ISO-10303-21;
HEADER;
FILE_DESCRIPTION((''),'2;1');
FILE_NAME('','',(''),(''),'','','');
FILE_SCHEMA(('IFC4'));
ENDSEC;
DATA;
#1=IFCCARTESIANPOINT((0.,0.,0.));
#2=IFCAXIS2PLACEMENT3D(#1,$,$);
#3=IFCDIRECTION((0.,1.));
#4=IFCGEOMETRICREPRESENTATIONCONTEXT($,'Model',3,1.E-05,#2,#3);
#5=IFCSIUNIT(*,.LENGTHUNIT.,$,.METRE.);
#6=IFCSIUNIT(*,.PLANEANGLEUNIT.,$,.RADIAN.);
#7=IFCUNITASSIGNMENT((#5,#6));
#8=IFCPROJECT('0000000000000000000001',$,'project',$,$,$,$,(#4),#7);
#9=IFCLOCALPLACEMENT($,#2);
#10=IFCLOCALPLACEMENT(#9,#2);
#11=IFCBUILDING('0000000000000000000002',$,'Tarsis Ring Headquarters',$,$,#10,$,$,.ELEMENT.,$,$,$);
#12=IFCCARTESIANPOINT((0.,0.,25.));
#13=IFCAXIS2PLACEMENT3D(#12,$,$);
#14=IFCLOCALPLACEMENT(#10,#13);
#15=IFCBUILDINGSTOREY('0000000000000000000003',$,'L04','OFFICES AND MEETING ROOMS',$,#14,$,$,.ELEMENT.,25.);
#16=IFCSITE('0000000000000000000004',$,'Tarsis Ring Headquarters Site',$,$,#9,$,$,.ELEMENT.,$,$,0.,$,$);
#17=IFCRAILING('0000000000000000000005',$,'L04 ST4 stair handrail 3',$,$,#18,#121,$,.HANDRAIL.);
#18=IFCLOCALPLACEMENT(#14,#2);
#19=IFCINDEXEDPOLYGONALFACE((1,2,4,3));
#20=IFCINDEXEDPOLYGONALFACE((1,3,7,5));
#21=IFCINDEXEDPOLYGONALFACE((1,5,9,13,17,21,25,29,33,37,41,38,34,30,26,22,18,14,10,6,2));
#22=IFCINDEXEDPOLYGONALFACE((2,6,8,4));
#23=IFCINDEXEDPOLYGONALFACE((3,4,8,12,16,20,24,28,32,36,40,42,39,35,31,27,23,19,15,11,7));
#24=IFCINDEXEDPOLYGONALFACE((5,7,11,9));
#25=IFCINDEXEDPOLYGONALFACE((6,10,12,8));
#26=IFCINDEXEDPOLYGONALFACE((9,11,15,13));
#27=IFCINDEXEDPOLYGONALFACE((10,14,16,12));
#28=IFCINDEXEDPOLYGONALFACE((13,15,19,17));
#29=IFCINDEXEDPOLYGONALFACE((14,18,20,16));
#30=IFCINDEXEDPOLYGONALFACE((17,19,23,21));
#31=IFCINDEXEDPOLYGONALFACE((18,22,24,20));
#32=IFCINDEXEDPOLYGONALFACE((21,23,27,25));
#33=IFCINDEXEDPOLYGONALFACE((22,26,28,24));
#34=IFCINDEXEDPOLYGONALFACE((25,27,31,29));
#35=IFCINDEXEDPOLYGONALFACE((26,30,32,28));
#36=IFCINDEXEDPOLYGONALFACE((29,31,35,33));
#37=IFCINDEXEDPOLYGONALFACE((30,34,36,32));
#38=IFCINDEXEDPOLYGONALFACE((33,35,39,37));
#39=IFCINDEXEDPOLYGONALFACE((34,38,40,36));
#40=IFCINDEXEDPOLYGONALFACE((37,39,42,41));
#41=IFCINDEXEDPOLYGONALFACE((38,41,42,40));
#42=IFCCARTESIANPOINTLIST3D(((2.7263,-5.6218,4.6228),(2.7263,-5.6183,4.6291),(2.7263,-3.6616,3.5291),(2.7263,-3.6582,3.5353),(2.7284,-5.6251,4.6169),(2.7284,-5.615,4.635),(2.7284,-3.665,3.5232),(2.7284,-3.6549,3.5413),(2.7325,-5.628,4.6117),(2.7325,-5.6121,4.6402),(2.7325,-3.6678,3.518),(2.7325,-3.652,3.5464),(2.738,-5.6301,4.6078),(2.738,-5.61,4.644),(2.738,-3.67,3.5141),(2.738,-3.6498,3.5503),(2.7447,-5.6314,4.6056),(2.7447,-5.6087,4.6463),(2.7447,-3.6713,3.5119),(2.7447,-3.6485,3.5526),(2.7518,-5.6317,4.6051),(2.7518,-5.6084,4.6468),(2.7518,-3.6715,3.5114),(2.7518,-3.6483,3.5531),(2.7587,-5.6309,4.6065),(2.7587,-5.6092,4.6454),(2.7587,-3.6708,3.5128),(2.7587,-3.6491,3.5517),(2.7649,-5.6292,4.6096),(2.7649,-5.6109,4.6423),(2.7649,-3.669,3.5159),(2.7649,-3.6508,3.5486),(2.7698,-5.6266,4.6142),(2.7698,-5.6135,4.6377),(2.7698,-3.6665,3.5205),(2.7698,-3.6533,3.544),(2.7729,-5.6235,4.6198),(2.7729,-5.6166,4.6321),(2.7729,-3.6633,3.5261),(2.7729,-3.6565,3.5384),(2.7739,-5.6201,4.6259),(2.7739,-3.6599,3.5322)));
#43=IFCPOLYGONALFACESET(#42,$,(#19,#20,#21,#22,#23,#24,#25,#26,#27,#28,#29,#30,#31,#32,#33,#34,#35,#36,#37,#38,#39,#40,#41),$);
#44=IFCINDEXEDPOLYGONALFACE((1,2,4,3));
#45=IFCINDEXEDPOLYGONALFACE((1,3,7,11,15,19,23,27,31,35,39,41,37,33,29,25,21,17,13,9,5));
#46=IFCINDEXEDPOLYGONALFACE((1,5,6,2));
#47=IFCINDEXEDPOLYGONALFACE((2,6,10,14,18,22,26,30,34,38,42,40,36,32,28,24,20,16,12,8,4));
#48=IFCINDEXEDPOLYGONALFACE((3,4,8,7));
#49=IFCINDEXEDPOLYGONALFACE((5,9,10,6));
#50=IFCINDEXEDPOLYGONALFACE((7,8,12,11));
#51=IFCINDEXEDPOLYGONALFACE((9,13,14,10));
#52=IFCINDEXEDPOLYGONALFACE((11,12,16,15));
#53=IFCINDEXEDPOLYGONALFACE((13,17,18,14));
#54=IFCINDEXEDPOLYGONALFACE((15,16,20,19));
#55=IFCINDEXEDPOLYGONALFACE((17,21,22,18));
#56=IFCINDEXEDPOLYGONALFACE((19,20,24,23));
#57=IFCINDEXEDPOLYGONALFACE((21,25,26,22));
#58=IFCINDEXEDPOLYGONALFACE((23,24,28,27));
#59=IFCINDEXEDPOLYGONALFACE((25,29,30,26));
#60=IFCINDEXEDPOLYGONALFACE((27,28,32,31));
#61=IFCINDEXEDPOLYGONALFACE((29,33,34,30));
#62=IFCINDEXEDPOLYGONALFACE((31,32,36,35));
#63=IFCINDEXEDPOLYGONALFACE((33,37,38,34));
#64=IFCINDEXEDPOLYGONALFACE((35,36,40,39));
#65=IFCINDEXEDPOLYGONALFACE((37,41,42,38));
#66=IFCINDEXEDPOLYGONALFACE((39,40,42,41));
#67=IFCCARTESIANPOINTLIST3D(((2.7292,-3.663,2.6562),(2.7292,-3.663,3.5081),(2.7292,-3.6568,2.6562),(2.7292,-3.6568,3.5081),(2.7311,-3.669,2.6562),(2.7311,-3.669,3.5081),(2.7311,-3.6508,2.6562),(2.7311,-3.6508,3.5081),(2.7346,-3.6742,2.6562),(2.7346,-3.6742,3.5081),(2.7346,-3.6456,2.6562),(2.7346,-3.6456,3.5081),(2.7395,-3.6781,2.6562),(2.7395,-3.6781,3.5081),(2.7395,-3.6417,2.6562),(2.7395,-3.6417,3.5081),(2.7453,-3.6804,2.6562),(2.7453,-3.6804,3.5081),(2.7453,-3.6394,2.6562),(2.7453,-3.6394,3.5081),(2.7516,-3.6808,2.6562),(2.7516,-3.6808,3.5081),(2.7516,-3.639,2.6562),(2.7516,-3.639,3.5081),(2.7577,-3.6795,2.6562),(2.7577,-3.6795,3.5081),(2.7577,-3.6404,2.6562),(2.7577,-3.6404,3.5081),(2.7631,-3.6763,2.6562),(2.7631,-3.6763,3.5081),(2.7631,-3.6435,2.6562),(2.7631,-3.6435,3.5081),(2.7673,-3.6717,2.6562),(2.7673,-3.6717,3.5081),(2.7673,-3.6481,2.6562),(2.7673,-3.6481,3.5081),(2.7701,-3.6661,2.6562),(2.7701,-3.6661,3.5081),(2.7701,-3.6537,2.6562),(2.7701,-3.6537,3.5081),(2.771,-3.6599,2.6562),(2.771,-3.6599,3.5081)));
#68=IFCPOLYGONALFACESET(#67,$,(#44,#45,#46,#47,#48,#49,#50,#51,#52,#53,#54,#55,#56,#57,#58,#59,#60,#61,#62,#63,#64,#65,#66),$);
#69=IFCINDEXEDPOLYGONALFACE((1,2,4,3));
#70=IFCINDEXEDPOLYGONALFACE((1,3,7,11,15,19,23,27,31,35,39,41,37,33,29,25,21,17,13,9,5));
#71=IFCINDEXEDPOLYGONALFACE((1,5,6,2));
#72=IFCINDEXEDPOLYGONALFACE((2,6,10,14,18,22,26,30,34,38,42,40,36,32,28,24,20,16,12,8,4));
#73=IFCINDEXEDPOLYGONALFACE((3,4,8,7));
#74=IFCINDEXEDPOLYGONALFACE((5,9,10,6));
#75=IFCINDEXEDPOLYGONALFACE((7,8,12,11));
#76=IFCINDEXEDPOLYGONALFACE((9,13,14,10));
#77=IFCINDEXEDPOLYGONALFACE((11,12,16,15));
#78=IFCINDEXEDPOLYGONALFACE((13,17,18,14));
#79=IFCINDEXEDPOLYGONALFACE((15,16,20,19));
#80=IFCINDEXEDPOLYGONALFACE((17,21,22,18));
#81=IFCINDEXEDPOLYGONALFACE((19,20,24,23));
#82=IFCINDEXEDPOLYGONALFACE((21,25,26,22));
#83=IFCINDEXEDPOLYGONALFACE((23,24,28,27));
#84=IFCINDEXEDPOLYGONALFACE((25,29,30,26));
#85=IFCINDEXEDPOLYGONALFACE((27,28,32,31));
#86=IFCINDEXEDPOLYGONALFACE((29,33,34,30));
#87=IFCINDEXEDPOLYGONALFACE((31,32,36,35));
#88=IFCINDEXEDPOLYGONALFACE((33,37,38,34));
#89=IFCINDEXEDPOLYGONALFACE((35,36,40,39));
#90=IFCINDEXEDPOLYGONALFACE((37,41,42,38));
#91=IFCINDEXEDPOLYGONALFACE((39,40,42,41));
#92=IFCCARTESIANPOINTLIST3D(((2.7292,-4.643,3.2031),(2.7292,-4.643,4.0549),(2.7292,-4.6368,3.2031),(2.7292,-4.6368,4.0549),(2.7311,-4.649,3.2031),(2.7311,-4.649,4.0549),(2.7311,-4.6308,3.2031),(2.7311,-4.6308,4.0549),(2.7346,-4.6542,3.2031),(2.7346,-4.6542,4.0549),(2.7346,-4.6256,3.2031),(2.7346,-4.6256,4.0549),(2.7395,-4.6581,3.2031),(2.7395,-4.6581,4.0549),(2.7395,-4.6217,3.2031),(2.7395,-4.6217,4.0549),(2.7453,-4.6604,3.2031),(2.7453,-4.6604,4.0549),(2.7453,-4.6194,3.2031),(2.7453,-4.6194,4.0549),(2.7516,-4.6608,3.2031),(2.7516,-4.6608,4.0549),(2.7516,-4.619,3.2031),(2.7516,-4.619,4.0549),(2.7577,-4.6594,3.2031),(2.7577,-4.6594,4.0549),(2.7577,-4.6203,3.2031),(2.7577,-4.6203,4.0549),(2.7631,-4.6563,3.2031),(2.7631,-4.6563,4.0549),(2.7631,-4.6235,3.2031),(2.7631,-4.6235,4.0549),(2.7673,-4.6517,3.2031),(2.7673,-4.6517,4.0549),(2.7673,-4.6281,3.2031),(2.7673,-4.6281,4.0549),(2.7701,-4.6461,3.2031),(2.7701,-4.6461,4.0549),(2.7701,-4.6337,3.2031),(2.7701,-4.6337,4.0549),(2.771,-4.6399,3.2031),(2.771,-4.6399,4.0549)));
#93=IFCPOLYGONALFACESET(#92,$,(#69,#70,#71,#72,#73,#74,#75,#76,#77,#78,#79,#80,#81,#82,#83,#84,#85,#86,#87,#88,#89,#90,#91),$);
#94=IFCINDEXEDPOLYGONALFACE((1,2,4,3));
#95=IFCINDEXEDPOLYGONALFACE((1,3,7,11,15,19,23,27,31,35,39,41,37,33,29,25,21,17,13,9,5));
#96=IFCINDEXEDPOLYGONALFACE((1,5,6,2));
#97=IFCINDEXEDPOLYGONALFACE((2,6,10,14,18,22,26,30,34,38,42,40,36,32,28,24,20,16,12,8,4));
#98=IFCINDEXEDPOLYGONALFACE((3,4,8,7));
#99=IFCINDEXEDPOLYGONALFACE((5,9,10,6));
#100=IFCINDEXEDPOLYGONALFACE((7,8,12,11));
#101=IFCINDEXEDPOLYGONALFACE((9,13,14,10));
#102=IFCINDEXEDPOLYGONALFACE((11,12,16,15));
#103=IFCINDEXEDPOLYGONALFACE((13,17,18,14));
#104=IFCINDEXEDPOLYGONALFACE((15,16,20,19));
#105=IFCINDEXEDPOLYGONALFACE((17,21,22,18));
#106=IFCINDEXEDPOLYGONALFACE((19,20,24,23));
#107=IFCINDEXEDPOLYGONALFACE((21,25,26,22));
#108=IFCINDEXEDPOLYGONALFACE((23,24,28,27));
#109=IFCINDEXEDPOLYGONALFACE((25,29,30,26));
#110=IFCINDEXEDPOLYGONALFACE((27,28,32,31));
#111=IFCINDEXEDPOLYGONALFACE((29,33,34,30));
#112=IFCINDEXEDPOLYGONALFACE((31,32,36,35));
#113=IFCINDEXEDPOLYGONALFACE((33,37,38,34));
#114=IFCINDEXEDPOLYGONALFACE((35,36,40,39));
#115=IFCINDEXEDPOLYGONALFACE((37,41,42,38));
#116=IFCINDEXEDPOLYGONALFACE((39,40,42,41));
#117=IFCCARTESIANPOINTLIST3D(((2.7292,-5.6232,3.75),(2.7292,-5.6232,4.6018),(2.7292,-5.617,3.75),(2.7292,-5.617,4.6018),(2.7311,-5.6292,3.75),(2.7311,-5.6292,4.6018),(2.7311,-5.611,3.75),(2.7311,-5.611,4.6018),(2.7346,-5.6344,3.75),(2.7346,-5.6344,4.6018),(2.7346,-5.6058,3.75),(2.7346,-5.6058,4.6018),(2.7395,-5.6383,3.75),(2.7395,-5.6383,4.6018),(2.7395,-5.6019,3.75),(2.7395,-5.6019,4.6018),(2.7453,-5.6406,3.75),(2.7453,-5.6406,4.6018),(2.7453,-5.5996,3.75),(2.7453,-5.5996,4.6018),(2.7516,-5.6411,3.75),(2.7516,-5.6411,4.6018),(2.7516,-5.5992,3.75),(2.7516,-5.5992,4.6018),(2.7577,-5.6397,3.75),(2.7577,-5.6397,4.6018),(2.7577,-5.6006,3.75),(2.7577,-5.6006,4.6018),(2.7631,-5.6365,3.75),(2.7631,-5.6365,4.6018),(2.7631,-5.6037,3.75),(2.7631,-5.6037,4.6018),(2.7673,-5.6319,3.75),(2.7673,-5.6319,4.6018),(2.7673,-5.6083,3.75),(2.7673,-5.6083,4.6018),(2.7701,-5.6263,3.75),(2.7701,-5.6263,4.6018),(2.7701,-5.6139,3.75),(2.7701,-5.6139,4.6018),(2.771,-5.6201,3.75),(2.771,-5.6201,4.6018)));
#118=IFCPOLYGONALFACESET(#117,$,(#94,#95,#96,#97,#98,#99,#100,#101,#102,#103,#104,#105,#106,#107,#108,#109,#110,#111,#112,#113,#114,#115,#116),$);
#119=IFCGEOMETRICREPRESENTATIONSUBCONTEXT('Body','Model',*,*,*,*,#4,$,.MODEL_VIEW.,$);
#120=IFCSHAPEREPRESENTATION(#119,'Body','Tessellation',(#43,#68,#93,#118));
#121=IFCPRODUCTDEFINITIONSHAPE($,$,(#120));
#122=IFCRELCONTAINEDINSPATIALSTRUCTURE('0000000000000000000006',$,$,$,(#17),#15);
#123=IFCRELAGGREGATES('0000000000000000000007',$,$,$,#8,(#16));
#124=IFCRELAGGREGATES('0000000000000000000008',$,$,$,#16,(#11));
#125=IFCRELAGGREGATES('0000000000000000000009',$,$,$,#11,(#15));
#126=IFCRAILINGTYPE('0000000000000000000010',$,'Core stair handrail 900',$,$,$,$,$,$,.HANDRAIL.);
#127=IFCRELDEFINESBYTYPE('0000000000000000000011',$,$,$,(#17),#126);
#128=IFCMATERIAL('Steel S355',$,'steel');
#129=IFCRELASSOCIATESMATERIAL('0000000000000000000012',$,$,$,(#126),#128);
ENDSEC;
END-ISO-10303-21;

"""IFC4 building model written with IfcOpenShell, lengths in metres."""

from ifc_helpers import new_model, si_unit, direction, frame, origin, origin_2d, place, context, subcontext, project, spatial, circle, extrude, material, type_object, element, save


model = new_model("IFC4")

# Units and contexts
model_context = context("Model", 3, precision=1e-05, world=origin(), true_north=direction((0.0, 1.0)))
body_context = subcontext(model_context, "Body", "Model", "MODEL_VIEW")
ifc_project = project(units=[si_unit("LENGTHUNIT", "METRE"), si_unit("PLANEANGLEUNIT", "RADIAN")], contexts=[model_context])

# Site, building, storey
site_placement = place(None, origin())
site = spatial("IfcSite", under=ifc_project, at=site_placement, Name="Tarsis Ring Headquarters Site", CompositionType="ELEMENT", RefElevation=0.0)
building_placement = place(site_placement, origin())
building = spatial("IfcBuilding", under=site, at=building_placement, Name="Tarsis Ring Headquarters", CompositionType="ELEMENT")
storey_placement = place(building_placement, frame((0.0, 0.0, 25.0)))
storey = spatial("IfcBuildingStorey", under=building, at=storey_placement, Name="L04", Description="OFFICES AND MEETING ROOMS", CompositionType="ELEMENT", Elevation=25.0)

# Railing
ifc_material_1 = material(Name="Steel S355", Category="steel")
railing_type_1 = type_object("IfcRailingType", Name="Core stair handrail 900", PredefinedType="HANDRAIL", material=ifc_material_1)
railing_1_placement = place(storey_placement, frame((2.75, -3.6599, 2.6562)))
element("IfcRailing", 1, at=railing_1_placement, inside=storey, type_object=railing_type_1, Name="L04 ST4 stair handrail 3", PredefinedType="HANDRAIL", context=body_context, shape_type="SweptSolid", body=[
    extrude(circle(Radius=0.0239, at=origin_2d()), frame((0.0, 0.0, 0.876), z_axis=(0.0, -0.873258, 0.487258), x_axis=(1.0, 0.0, 0.0)), (0.0, 0.0, 1.0), 2.2446),
    extrude(circle(Radius=0.021, at=origin_2d()), origin(), (0.0, 0.0, 1.0), 0.8518),
    extrude(circle(Radius=0.021, at=origin_2d()), frame((0.0, -0.98, 0.5469)), (0.0, 0.0, 1.0), 0.8518),
    extrude(circle(Radius=0.021, at=origin_2d()), frame((0.0, -1.9602, 1.0938)), (0.0, 0.0, 1.0), 0.8518),
])

save(model, "model.ifc")
